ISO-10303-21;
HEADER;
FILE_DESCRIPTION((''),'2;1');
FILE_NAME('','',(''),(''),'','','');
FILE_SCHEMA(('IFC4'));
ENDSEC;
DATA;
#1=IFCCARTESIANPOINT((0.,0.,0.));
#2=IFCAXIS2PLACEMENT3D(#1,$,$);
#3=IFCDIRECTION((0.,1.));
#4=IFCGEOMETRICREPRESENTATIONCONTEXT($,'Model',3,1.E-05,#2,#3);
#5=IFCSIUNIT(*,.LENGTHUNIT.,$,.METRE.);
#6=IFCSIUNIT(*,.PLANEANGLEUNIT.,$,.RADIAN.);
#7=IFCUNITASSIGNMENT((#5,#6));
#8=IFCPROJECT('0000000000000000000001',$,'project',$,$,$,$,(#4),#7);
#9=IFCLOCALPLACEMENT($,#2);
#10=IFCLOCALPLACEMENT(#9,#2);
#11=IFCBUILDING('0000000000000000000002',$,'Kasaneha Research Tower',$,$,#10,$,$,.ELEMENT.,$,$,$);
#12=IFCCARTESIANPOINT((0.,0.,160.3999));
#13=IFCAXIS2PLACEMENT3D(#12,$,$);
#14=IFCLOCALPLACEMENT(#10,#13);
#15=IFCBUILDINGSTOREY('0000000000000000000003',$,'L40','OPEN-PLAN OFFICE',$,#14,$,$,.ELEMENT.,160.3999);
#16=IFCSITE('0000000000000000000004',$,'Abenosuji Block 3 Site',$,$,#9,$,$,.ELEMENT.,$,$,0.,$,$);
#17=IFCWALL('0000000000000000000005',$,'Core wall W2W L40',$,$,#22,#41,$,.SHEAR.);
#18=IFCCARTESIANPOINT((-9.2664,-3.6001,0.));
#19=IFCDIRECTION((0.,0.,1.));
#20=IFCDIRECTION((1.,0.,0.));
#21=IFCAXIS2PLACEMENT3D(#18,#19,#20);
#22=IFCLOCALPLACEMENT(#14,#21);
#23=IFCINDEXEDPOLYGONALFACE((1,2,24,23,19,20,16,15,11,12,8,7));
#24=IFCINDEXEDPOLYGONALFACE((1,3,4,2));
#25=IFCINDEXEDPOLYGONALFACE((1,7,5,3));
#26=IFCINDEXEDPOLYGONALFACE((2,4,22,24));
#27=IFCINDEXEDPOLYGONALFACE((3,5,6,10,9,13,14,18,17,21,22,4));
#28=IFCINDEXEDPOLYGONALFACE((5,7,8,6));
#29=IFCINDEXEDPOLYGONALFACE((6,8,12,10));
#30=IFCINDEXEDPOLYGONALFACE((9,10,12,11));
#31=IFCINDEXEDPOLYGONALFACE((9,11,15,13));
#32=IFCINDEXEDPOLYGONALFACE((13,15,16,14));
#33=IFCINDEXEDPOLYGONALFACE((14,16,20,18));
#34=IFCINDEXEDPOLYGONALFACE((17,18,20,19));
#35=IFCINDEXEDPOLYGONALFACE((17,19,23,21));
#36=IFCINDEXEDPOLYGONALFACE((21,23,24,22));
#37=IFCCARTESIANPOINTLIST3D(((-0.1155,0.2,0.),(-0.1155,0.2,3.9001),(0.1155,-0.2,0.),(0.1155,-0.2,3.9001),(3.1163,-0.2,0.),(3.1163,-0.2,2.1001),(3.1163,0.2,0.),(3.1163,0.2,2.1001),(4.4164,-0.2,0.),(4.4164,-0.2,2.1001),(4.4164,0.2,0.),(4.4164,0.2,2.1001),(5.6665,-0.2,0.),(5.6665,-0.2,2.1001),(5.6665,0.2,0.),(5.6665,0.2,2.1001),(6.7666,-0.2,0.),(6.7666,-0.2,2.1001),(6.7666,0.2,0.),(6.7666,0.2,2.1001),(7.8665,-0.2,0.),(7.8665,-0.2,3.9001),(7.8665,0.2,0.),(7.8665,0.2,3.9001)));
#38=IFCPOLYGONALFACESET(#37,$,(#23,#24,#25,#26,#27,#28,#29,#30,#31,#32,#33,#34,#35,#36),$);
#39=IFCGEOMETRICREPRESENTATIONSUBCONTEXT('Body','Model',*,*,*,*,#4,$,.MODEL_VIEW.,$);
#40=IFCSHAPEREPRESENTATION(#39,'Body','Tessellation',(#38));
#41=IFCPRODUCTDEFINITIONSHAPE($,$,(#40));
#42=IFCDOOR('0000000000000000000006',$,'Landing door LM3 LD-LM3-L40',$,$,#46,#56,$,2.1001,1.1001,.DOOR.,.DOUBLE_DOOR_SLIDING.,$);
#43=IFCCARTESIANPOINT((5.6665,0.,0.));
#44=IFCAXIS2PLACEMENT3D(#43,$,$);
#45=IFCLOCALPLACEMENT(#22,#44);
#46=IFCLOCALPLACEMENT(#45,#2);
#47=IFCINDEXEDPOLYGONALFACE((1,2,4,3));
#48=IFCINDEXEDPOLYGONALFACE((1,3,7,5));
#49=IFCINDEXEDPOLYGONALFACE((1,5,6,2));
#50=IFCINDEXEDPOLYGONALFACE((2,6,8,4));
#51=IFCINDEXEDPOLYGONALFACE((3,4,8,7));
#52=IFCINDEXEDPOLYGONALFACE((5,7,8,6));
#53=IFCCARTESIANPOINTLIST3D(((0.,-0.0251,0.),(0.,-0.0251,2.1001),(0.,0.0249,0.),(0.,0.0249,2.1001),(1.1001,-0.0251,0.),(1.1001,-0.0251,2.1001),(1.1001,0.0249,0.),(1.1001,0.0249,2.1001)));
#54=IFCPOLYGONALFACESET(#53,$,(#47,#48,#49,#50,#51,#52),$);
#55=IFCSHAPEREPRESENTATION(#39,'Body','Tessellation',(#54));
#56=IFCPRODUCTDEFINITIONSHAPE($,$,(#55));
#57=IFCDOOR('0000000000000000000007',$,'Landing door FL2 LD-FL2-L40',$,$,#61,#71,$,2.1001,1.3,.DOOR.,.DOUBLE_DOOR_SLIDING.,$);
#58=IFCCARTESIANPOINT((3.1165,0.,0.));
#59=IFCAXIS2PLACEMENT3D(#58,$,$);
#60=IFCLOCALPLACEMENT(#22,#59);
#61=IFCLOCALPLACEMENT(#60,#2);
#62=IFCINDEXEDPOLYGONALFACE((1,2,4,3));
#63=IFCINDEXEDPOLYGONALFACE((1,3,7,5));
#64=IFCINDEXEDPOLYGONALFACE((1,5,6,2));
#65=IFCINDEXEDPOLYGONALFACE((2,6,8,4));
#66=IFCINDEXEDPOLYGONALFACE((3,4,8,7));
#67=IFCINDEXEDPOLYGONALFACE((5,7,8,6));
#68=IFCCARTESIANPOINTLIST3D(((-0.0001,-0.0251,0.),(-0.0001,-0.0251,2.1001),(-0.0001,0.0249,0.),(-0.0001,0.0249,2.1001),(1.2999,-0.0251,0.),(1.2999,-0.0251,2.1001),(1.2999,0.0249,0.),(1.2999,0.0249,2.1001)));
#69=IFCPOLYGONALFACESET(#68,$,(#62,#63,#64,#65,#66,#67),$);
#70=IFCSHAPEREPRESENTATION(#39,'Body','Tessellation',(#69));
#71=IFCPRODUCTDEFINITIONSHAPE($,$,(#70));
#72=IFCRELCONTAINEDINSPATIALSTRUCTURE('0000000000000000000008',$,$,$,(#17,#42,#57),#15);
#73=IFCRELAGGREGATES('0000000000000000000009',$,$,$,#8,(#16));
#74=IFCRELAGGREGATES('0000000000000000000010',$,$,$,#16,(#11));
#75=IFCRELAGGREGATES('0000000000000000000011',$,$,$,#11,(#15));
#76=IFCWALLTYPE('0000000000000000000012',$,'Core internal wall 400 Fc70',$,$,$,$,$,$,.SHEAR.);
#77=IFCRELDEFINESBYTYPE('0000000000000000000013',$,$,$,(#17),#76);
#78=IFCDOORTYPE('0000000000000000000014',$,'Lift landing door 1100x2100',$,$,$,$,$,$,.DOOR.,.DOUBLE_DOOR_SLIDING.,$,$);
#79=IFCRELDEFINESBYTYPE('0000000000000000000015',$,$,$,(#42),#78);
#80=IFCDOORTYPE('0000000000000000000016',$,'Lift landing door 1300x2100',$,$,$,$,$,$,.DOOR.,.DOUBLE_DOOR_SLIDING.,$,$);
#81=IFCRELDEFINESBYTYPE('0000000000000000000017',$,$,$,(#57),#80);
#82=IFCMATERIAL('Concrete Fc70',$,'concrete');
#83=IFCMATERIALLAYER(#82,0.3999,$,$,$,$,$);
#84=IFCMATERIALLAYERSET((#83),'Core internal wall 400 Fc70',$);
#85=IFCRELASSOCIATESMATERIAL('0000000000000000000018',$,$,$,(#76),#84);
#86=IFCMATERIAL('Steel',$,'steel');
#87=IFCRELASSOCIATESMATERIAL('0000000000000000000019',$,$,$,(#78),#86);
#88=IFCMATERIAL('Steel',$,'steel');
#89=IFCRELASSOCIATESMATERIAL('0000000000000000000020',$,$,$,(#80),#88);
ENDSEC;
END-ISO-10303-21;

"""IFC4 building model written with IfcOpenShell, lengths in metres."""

from ifc_helpers import new_model, si_unit, direction, frame, frame_2d, origin, place, context, subcontext, project, spatial, polyline, rectangle, outline, extrude, material, layer, layer_set, type_object, element, fill, save


model = new_model("IFC4")

# Units and contexts
model_context = context("Model", 3, precision=1e-05, world=origin(), true_north=direction((0.0, 1.0)))
body_context = subcontext(model_context, "Body", "Model", "MODEL_VIEW")
ifc_project = project(units=[si_unit("LENGTHUNIT", "METRE"), si_unit("PLANEANGLEUNIT", "RADIAN")], contexts=[model_context])

# Site, building, storey
site_placement = place(None, origin())
site = spatial("IfcSite", under=ifc_project, at=site_placement, Name="Abenosuji Block 3 Site", CompositionType="ELEMENT", RefElevation=0.0)
building_placement = place(site_placement, origin())
building = spatial("IfcBuilding", under=site, at=building_placement, Name="Kasaneha Research Tower", CompositionType="ELEMENT")
storey_placement = place(building_placement, frame((0.0, 0.0, 160.3999)))
storey = spatial("IfcBuildingStorey", under=building, at=storey_placement, Name="L40", Description="OPEN-PLAN OFFICE", CompositionType="ELEMENT", Elevation=160.3999)

# Wall, openings, doors
ifc_material_1 = material(Name="Concrete Fc70", Category="concrete")
ifc_layer_1 = layer(ifc_material_1, 0.3999)
ifc_layer_set_1 = layer_set([ifc_layer_1], Name="Core internal wall 400 Fc70")
wall_type_1 = type_object("IfcWallType", Name="Core internal wall 400 Fc70", PredefinedType="SHEAR", material=ifc_layer_set_1)
wall_1_placement = place(storey_placement, frame((-9.2664, -3.6001, 0.0), z_axis=(0.0, 0.0, 1.0), x_axis=(1.0, 0.0, 0.0)))
wall_1 = element("IfcWall", 1, at=wall_1_placement, inside=storey, type_object=wall_type_1, Name="Core wall W2W L40", PredefinedType="SHEAR", context=body_context, shape_type="SweptSolid", body=[
    extrude(outline(polyline([(0.1155, -0.2), (3.1165, -0.2), (4.4165, -0.2), (5.6665, -0.2), (6.7666, -0.2), (7.8665, -0.2), (7.8665, 0.2), (6.7666, 0.2), (5.6665, 0.2), (4.4165, 0.2), (3.1165, 0.2), (-0.1155, 0.2), (0.1155, -0.2)])), origin(), (0.0, 0.0, 1.0), 3.9001),
])
opening_1_placement = place(wall_1_placement, frame((5.6665, 0.0, 0.0)))
opening_1 = element("IfcOpeningElement", 2, at=opening_1_placement, cuts=wall_1, PredefinedType="OPENING", context=body_context, shape_type="SweptSolid", body=[
    extrude(rectangle(XDim=1.1001, YDim=2.1001, at=frame_2d((0.55, 1.05))), frame((0.0, 0.21, 0.0), z_axis=(0.0, -1.0, 0.0), x_axis=(1.0, 0.0, 0.0)), (0.0, 0.0, 1.0), 0.4199),
])
opening_2_placement = place(wall_1_placement, frame((3.1165, 0.0, 0.0)))
opening_2 = element("IfcOpeningElement", 3, at=opening_2_placement, cuts=wall_1, PredefinedType="OPENING", context=body_context, shape_type="SweptSolid", body=[
    extrude(rectangle(XDim=1.3, YDim=2.1001, at=frame_2d((0.6499, 1.05))), frame((0.0, 0.21, 0.0), z_axis=(0.0, -1.0, 0.0), x_axis=(1.0, 0.0, 0.0)), (0.0, 0.0, 1.0), 0.4199),
])
ifc_material_2 = material(Name="Steel", Category="steel")
door_type_1 = type_object("IfcDoorType", Name="Lift landing door 1100x2100", OperationType="DOUBLE_DOOR_SLIDING", PredefinedType="DOOR", material=ifc_material_2)
door_1_placement = place(opening_1_placement, origin())
door_1 = element("IfcDoor", 4, at=door_1_placement, inside=storey, type_object=door_type_1, Name="Landing door LM3 LD-LM3-L40", OperationType="DOUBLE_DOOR_SLIDING", OverallHeight=2.1001, OverallWidth=1.1001, PredefinedType="DOOR", context=body_context, shape_type="SweptSolid", body=[
    extrude(rectangle(XDim=1.1001, YDim=2.1001, at=frame_2d((0.55, 1.05))), frame((0.0, 0.0249, 0.0), z_axis=(0.0, -1.0, 0.0), x_axis=(1.0, 0.0, 0.0)), (0.0, 0.0, 1.0), 0.05),
])
fill(opening_1, door_1)
ifc_material_3 = material(Name="Steel", Category="steel")
door_type_2 = type_object("IfcDoorType", Name="Lift landing door 1300x2100", OperationType="DOUBLE_DOOR_SLIDING", PredefinedType="DOOR", material=ifc_material_3)
door_2_placement = place(opening_2_placement, origin())
door_2 = element("IfcDoor", 5, at=door_2_placement, inside=storey, type_object=door_type_2, Name="Landing door FL2 LD-FL2-L40", OperationType="DOUBLE_DOOR_SLIDING", OverallHeight=2.1001, OverallWidth=1.3, PredefinedType="DOOR", context=body_context, shape_type="SweptSolid", body=[
    extrude(rectangle(XDim=1.3, YDim=2.1001, at=frame_2d((0.6499, 1.05))), frame((0.0, 0.0249, 0.0), z_axis=(0.0, -1.0, 0.0), x_axis=(1.0, 0.0, 0.0)), (0.0, 0.0, 1.0), 0.05),
])
fill(opening_2, door_2)

save(model, "model.ifc")
